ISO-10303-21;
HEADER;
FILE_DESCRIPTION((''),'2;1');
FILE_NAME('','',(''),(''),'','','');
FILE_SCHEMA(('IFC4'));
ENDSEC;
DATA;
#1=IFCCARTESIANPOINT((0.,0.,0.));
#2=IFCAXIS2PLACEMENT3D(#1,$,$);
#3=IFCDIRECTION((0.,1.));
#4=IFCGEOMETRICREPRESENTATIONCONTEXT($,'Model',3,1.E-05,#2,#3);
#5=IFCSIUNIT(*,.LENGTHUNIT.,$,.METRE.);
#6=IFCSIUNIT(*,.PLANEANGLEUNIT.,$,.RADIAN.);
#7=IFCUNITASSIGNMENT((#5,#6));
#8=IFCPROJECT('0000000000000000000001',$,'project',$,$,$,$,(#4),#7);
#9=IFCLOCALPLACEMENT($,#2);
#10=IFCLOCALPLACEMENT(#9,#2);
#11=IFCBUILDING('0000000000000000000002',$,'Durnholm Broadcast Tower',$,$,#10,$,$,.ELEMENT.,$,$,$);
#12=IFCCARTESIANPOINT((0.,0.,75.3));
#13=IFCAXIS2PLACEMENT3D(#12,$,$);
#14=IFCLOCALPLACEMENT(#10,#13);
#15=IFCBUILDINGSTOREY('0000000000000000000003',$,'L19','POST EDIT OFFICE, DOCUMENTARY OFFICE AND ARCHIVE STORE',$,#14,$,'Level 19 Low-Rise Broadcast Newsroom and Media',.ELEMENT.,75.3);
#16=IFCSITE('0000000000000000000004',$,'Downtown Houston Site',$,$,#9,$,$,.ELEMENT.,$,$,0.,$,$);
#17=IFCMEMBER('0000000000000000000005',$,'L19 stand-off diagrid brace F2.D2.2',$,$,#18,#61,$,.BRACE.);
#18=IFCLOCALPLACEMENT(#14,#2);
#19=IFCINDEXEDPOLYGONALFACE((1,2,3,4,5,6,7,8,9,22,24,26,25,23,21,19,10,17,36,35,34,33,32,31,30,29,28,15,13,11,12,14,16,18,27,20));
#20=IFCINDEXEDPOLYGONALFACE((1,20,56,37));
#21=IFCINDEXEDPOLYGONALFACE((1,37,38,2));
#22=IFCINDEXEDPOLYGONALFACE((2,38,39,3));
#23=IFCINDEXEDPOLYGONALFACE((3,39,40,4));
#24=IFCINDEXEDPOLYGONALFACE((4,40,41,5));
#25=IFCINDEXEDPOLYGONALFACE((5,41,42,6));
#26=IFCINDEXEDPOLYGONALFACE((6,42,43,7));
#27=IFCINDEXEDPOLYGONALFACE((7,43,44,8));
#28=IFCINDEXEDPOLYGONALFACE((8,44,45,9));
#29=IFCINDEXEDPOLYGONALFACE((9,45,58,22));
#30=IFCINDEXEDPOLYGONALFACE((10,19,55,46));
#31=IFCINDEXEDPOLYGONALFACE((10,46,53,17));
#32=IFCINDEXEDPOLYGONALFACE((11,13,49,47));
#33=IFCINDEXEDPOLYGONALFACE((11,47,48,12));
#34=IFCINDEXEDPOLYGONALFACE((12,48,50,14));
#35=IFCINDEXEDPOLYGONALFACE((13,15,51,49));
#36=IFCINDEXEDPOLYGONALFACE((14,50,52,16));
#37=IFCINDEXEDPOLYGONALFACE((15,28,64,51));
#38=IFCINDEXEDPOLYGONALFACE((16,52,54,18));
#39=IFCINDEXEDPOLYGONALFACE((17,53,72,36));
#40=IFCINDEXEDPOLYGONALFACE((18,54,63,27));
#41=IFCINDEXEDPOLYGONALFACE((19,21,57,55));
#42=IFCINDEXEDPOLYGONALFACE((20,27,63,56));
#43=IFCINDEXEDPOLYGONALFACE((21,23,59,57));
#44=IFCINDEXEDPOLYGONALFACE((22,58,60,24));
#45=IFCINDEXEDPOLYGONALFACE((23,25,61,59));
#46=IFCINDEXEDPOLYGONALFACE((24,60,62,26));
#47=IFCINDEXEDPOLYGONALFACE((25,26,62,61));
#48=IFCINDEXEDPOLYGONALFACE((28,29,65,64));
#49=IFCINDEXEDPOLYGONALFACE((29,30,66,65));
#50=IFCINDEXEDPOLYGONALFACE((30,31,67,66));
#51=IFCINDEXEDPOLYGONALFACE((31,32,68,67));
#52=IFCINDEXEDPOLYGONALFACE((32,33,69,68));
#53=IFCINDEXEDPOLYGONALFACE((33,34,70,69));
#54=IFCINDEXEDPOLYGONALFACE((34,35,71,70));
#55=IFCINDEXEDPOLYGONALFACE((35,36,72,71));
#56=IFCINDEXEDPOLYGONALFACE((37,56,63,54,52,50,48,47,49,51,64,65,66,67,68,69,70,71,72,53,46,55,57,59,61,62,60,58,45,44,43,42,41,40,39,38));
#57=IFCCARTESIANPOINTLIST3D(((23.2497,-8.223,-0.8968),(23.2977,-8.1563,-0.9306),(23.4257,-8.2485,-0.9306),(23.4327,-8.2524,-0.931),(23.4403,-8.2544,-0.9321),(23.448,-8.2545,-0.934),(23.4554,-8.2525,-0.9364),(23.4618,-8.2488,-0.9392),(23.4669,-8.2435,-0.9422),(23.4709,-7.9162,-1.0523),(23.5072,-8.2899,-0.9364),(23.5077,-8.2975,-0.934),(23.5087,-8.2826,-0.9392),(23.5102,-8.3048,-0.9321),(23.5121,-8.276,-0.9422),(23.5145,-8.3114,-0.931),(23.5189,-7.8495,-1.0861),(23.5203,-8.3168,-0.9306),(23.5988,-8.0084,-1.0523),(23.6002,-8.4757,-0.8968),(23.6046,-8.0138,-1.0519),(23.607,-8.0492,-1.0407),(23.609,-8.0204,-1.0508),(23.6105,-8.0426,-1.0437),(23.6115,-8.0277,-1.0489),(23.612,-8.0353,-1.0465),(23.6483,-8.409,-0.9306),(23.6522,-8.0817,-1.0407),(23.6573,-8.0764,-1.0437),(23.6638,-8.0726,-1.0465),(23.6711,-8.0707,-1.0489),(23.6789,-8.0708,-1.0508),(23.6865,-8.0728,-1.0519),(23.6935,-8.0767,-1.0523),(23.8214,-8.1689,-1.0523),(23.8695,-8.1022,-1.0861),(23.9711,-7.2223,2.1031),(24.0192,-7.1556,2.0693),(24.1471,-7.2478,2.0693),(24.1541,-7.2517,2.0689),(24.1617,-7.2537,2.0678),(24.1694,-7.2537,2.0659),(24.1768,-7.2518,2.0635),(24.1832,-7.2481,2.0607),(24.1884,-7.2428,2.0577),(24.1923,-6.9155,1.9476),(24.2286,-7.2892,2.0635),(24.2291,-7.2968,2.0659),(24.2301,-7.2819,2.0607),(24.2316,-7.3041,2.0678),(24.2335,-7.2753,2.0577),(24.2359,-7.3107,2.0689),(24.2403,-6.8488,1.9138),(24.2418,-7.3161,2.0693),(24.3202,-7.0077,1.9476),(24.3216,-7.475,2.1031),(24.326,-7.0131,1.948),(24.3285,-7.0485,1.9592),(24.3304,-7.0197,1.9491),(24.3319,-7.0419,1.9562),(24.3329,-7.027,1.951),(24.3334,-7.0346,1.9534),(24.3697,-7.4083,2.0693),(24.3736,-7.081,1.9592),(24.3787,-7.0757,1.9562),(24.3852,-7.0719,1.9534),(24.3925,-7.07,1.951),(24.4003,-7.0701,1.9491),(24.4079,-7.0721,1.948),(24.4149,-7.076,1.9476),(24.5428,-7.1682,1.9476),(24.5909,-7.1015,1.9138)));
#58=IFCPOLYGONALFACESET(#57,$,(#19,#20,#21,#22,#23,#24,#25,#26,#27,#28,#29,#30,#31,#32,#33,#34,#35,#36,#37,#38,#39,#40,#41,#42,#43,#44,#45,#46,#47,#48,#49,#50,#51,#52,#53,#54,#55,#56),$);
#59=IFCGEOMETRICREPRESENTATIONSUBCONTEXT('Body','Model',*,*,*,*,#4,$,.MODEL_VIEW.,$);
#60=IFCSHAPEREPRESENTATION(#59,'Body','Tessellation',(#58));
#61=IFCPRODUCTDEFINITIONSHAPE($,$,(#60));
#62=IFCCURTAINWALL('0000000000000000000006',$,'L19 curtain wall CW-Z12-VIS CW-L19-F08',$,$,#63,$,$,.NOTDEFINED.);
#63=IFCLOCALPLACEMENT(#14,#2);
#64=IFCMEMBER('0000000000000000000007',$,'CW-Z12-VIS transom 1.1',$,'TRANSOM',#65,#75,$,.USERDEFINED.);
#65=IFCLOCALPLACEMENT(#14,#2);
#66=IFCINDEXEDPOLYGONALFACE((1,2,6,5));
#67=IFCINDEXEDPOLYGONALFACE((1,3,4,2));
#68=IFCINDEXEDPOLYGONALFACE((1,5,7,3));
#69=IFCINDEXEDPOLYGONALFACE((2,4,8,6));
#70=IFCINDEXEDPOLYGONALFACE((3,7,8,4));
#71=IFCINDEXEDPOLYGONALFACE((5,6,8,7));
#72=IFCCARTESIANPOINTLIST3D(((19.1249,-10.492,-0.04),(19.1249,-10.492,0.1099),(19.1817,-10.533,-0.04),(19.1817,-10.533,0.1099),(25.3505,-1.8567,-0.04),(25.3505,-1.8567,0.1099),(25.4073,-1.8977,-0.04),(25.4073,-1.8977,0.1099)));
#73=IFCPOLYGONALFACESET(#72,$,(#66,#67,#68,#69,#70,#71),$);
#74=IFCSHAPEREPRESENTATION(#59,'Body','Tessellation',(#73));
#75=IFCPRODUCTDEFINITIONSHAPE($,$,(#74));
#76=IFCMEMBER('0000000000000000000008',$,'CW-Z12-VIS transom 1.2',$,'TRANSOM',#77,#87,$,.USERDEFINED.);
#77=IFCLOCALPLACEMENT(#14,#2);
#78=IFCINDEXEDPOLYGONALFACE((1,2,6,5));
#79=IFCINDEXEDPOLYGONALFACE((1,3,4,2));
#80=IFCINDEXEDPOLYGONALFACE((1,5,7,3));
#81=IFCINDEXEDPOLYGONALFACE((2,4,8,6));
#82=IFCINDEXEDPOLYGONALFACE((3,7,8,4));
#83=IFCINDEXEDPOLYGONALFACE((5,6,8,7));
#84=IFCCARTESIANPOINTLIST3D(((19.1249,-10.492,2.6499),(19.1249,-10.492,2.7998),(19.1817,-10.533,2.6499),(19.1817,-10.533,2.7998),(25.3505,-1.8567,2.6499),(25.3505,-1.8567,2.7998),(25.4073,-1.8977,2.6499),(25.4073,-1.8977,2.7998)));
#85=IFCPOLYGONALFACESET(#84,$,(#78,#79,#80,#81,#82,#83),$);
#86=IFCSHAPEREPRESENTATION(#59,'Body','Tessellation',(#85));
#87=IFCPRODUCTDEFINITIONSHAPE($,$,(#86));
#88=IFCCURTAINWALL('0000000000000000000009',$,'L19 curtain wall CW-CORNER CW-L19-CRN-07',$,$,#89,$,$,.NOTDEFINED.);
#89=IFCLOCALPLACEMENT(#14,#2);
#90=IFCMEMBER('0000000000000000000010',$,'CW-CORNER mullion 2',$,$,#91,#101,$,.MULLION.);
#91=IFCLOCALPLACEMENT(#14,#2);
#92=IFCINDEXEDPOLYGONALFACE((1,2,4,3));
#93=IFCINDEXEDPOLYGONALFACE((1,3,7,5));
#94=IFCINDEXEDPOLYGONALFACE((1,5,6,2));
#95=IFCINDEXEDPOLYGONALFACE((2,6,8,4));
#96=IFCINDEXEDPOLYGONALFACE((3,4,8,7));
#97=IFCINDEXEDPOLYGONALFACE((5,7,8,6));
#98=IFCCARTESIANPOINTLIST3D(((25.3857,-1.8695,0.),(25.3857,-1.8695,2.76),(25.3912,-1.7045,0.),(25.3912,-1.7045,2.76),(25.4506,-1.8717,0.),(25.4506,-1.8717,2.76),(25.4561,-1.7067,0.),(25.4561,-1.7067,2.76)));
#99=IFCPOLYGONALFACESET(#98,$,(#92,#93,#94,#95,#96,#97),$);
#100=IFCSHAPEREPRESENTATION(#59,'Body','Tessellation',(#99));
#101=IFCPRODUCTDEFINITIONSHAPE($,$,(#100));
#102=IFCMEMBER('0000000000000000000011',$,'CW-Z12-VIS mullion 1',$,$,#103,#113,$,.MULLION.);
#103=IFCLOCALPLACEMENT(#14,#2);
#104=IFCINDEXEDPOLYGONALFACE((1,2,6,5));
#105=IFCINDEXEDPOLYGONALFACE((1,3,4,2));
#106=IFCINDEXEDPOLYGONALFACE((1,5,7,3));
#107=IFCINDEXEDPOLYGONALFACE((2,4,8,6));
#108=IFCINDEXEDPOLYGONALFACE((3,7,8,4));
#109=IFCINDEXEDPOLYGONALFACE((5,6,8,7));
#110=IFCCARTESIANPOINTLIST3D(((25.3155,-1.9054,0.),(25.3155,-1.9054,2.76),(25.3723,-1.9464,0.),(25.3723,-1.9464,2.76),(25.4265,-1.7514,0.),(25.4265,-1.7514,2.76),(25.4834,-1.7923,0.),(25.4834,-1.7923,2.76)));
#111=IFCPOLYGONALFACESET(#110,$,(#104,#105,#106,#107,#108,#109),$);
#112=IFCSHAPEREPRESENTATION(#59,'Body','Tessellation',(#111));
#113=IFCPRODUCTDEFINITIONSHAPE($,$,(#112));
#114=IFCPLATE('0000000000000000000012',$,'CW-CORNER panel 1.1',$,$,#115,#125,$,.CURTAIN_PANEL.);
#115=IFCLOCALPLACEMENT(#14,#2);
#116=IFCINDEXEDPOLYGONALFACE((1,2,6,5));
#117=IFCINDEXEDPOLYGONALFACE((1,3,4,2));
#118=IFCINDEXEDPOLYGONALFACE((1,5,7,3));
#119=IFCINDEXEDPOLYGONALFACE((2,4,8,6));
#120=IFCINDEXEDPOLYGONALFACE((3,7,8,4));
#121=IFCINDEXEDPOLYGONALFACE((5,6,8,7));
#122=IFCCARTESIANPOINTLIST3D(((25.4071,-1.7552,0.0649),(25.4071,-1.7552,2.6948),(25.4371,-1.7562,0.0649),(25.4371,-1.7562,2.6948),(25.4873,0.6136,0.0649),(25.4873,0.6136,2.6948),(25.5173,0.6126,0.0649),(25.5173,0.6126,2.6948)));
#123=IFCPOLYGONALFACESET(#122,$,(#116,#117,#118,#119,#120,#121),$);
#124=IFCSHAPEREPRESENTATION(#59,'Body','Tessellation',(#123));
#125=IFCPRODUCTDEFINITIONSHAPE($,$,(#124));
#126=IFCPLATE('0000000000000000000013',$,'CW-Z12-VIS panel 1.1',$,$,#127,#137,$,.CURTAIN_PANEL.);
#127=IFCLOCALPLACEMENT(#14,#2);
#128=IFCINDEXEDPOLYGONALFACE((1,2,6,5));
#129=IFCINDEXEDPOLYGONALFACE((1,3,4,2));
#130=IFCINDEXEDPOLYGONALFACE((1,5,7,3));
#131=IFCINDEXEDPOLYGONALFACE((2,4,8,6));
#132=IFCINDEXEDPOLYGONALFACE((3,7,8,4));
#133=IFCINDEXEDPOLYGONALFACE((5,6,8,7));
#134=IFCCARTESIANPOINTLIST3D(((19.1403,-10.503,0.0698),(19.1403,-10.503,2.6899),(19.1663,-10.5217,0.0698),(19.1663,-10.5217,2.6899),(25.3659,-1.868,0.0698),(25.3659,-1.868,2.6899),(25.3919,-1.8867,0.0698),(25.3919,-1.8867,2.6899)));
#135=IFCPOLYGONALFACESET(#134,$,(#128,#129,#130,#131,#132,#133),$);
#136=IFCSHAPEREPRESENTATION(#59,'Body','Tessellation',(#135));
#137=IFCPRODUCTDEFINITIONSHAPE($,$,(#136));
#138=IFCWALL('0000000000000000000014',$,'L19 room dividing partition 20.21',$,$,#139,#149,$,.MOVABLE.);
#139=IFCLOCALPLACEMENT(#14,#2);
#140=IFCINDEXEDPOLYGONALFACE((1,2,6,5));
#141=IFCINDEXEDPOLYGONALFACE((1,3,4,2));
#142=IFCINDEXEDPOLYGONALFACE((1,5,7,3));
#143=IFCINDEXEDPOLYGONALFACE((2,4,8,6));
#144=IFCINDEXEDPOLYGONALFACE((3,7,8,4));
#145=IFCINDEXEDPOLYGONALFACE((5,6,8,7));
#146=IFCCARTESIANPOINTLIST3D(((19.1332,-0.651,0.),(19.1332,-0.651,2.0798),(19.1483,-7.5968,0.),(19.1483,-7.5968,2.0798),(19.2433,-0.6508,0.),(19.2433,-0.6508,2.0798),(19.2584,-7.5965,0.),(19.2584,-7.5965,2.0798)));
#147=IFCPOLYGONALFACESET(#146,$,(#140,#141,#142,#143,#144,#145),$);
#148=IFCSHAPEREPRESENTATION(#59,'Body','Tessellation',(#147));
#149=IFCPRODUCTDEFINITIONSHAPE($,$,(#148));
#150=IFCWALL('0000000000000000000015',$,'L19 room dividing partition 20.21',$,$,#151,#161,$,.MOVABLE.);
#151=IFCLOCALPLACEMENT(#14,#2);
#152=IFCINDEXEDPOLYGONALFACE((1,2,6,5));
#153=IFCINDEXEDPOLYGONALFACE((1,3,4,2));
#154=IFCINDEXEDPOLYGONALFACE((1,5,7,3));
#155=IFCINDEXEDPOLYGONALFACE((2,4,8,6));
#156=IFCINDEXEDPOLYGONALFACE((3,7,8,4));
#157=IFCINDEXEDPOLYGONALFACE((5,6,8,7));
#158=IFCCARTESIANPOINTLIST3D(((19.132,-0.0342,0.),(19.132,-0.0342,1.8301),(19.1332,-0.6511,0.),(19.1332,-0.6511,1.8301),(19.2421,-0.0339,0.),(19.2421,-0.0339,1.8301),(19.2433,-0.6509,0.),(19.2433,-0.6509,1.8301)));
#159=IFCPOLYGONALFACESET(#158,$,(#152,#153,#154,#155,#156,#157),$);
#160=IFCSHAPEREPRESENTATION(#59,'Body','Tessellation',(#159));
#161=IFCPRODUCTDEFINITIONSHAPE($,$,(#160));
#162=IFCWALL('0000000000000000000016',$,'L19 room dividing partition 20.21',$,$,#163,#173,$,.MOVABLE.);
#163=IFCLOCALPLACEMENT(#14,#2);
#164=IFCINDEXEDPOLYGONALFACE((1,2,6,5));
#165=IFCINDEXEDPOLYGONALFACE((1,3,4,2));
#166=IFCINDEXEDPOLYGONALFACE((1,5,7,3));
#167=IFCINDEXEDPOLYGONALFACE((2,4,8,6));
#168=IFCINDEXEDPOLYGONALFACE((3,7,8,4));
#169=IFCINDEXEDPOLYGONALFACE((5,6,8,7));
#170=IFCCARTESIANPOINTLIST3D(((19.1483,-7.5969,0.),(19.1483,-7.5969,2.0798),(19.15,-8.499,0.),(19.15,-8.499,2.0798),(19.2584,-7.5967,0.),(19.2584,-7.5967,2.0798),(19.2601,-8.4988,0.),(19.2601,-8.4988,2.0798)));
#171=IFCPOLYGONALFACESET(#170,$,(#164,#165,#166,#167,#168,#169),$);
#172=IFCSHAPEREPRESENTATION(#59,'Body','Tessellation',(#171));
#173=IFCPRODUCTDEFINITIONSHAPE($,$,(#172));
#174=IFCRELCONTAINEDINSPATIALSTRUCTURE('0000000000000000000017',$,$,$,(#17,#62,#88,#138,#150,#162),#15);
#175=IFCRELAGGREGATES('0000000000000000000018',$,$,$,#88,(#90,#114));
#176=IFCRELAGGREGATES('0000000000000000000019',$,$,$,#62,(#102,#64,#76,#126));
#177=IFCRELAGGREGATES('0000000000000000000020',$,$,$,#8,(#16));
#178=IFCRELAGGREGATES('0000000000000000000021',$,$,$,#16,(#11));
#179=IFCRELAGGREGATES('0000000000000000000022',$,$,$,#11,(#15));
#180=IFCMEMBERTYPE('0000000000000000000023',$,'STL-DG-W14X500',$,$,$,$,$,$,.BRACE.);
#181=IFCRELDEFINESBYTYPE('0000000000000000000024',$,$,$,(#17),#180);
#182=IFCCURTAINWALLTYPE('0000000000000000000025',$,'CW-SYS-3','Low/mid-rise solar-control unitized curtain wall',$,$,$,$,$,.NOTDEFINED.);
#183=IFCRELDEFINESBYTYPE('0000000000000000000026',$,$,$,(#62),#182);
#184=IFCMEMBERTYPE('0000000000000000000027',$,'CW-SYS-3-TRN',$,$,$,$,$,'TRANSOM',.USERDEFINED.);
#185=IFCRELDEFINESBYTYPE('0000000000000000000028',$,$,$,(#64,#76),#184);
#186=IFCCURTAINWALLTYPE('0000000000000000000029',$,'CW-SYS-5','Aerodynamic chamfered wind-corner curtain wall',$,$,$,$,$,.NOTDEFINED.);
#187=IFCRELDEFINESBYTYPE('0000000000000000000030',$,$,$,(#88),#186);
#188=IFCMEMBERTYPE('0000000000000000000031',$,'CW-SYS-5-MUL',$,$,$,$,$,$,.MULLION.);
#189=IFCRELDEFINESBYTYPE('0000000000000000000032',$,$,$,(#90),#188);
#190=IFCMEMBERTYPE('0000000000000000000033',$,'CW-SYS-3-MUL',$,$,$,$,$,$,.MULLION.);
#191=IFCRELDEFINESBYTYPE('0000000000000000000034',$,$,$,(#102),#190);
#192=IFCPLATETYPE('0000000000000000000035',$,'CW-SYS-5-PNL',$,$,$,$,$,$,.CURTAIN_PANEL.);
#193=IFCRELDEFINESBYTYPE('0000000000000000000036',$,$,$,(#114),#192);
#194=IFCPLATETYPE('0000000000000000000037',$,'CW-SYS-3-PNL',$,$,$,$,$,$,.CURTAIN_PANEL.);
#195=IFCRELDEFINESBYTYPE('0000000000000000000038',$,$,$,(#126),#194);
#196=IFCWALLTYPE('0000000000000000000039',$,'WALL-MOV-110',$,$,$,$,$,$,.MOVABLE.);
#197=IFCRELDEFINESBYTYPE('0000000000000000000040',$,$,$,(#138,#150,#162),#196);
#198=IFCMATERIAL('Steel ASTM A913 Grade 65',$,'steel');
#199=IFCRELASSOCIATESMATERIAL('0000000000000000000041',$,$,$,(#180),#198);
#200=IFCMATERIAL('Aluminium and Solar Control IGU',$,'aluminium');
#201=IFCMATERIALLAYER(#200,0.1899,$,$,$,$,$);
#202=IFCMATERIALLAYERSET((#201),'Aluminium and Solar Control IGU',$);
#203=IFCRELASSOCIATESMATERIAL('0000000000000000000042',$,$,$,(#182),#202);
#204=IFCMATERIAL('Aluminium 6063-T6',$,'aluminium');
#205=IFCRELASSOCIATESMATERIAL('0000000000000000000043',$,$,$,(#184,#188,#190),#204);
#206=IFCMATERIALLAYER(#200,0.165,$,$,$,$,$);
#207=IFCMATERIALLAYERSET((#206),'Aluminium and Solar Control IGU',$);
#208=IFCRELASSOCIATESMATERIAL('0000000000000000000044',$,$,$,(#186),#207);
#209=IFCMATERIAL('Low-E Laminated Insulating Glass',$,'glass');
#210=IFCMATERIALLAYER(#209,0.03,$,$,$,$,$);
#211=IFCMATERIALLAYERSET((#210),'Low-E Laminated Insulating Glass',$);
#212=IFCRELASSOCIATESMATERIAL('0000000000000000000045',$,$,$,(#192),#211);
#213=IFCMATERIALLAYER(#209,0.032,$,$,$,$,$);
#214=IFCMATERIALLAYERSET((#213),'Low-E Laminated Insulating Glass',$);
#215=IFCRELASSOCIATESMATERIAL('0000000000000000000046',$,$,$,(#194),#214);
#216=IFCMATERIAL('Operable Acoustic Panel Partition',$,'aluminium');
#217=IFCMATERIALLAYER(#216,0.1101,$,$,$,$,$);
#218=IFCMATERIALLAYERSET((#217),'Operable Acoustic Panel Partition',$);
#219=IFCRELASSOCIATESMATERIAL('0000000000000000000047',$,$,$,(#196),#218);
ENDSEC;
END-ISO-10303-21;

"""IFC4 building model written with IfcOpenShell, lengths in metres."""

from ifc_helpers import new_model, si_unit, direction, frame, frame_2d, origin, origin_2d, place, context, subcontext, project, spatial, rectangle, i_section, extrude, source, transform, mapped, material, layer, layer_set, material_profile, profile_set, type_object, type_shapes, element, aggregate, save


model = new_model("IFC4")

# Units and contexts
model_context = context("Model", 3, precision=1e-05, world=origin(), true_north=direction((0.0, 1.0)))
body_context = subcontext(model_context, "Body", "Model", "MODEL_VIEW")
ifc_project = project(units=[si_unit("LENGTHUNIT", "METRE"), si_unit("PLANEANGLEUNIT", "RADIAN")], contexts=[model_context])

# Site, building, storey
site_placement = place(None, origin())
site = spatial("IfcSite", under=ifc_project, at=site_placement, Name="Downtown Houston Site", CompositionType="ELEMENT", RefElevation=0.0)
building_placement = place(site_placement, origin())
building = spatial("IfcBuilding", under=site, at=building_placement, Name="Durnholm Broadcast Tower", CompositionType="ELEMENT")
storey_placement = place(building_placement, frame((0.0, 0.0, 75.3)))
storey = spatial("IfcBuildingStorey", under=building, at=storey_placement, Name="L19", Description="POST EDIT OFFICE, DOCUMENTARY OFFICE AND ARCHIVE STORE", LongName="Level 19 Low-Rise Broadcast Newsroom and Media", CompositionType="ELEMENT", Elevation=75.3)

# Member
ifc_material_1 = material(Name="Steel ASTM A913 Grade 65", Category="steel")
ifc_material_profile_1 = material_profile(ifc_material_1, i_section(OverallWidth=0.4321, OverallDepth=0.4978, WebThickness=0.0557, FlangeThickness=0.0889, FilletRadius=0.0305, at=origin_2d()), Name="W14X500")
ifc_profile_set_1 = profile_set([ifc_material_profile_1], Name="Steel ASTM A913 Grade 65")
member_type_1 = type_object("IfcMemberType", Name="STL-DG-W14X500", PredefinedType="BRACE", material=ifc_profile_set_1)
shared_shape_1 = source(origin(), body_context, "Body", "SweptSolid", [
    extrude(i_section(OverallWidth=0.4321, OverallDepth=0.4978, WebThickness=0.0557, FlangeThickness=0.0889, FilletRadius=0.0305, at=origin_2d()), origin(), (0.0, 0.0, 1.0), 3.2437),
])
member_1_placement = place(storey_placement, frame((23.5596, -8.1626, -0.9915), z_axis=(0.222408, 0.308511, 0.924855), x_axis=(-0.811185, 0.584789, 0.0)))
element("IfcMember", 1, at=member_1_placement, inside=storey, type_object=member_type_1, Name="L19 stand-off diagrid brace F2.D2.2", PredefinedType="BRACE", context=body_context, shape_type="MappedRepresentation", body=[
    mapped(shared_shape_1, transform((0.0, 0.0, 0.0), x_axis=(1.0, 0.0, 0.0), y_axis=(0.0, 1.0, 0.0), z_axis=(0.0, 0.0, 1.0), scale=1.0)),
])

# Curtain wall, members
ifc_material_2 = material(Name="Aluminium and Solar Control IGU", Category="aluminium")
ifc_layer_1 = layer(ifc_material_2, 0.1899)
ifc_layer_set_1 = layer_set([ifc_layer_1], Name="Aluminium and Solar Control IGU")
curtain_wall_type_1 = type_object("IfcCurtainWallType", Name="CW-SYS-3", Description="Low/mid-rise solar-control unitized curtain wall", PredefinedType="NOTDEFINED", material=ifc_layer_set_1)
curtain_wall_1_placement = place(storey_placement, origin())
curtain_wall_1 = element("IfcCurtainWall", 2, at=curtain_wall_1_placement, inside=storey, type_object=curtain_wall_type_1, Name="L19 curtain wall CW-Z12-VIS CW-L19-F08", PredefinedType="NOTDEFINED")
ifc_material_3 = material(Name="Aluminium 6063-T6", Category="aluminium")
ifc_material_profile_2 = material_profile(ifc_material_3, rectangle(XDim=0.0701, YDim=0.1499, at=origin_2d()), Name="CWT70X150")
ifc_profile_set_2 = profile_set([ifc_material_profile_2], Name="Aluminium 6063-T6")
member_type_2 = type_object("IfcMemberType", Name="CW-SYS-3-TRN", ElementType="TRANSOM", PredefinedType="USERDEFINED", material=ifc_profile_set_2)
shared_shape_2 = source(origin(), body_context, "Body", "SweptSolid", [
    extrude(rectangle(XDim=0.0701, YDim=0.1499, at=origin_2d()), origin(), (0.0, 0.0, 1.0), 10.6455),
])
type_shapes(member_type_2, [shared_shape_2])
member_2_placement = place(storey_placement, frame((25.3789, -1.8772, 0.0349), z_axis=(-0.584812, -0.811169, 0.0), x_axis=(0.811169, -0.584812, 0.0)))
member_2 = element("IfcMember", 3, at=member_2_placement, type_object=member_type_2, Name="CW-Z12-VIS transom 1.1", ObjectType="TRANSOM", PredefinedType="USERDEFINED", context=body_context, shape_type="MappedRepresentation", body=[
    mapped(shared_shape_2, transform((0.0, 0.0, 0.0), x_axis=(1.0, 0.0, 0.0), y_axis=(0.0, 1.0, 0.0), z_axis=(0.0, 0.0, 1.0), scale=1.0)),
])
member_3_placement = place(storey_placement, frame((25.3789, -1.8772, 2.7249), z_axis=(-0.584812, -0.811169, 0.0), x_axis=(0.811169, -0.584812, 0.0)))
member_3 = element("IfcMember", 4, at=member_3_placement, type_object=member_type_2, Name="CW-Z12-VIS transom 1.2", ObjectType="TRANSOM", PredefinedType="USERDEFINED", context=body_context, shape_type="MappedRepresentation", body=[
    mapped(shared_shape_2, transform((0.0, 0.0, 0.0), x_axis=(1.0, 0.0, 0.0), y_axis=(0.0, 1.0, 0.0), z_axis=(0.0, 0.0, 1.0), scale=1.0)),
])

# Curtain wall, member
ifc_layer_2 = layer(ifc_material_2, 0.165)
ifc_layer_set_2 = layer_set([ifc_layer_2], Name="Aluminium and Solar Control IGU")
curtain_wall_type_2 = type_object("IfcCurtainWallType", Name="CW-SYS-5", Description="Aerodynamic chamfered wind-corner curtain wall", PredefinedType="NOTDEFINED", material=ifc_layer_set_2)
curtain_wall_2_placement = place(storey_placement, origin())
curtain_wall_2 = element("IfcCurtainWall", 5, at=curtain_wall_2_placement, inside=storey, type_object=curtain_wall_type_2, Name="L19 curtain wall CW-CORNER CW-L19-CRN-07", PredefinedType="NOTDEFINED")
ifc_material_profile_3 = material_profile(ifc_material_3, rectangle(XDim=0.0649, YDim=0.165, at=origin_2d()), Name="CWM65X165")
ifc_profile_set_3 = profile_set([ifc_material_profile_3], Name="Aluminium 6063-T6")
member_type_3 = type_object("IfcMemberType", Name="CW-SYS-5-MUL", PredefinedType="MULLION", material=ifc_profile_set_3)
shared_shape_3 = source(origin(), body_context, "Body", "SweptSolid", [
    extrude(rectangle(XDim=0.0649, YDim=0.165, at=origin_2d()), origin(), (0.0, 0.0, 1.0), 2.76),
])
type_shapes(member_type_3, [shared_shape_3])
member_4_placement = place(storey_placement, frame((25.4209, -1.7881, 0.0), z_axis=(0.0, 0.0, 1.0), x_axis=(0.999427, -0.03384, 0.0)))
member_4 = element("IfcMember", 6, at=member_4_placement, type_object=member_type_3, Name="CW-CORNER mullion 2", PredefinedType="MULLION", context=body_context, shape_type="MappedRepresentation", body=[
    mapped(shared_shape_3, transform((0.0, 0.0, 0.0), x_axis=(1.0, 0.0, 0.0), y_axis=(0.0, 1.0, 0.0), z_axis=(0.0, 0.0, 1.0), scale=1.0)),
])

# Member
ifc_material_profile_4 = material_profile(ifc_material_3, rectangle(XDim=0.0701, YDim=0.1899, at=origin_2d()), Name="CWM70X190")
ifc_profile_set_4 = profile_set([ifc_material_profile_4], Name="Aluminium 6063-T6")
member_type_4 = type_object("IfcMemberType", Name="CW-SYS-3-MUL", PredefinedType="MULLION", material=ifc_profile_set_4)
shared_shape_4 = source(origin(), body_context, "Body", "SweptSolid", [
    extrude(rectangle(XDim=0.0701, YDim=0.1899, at=origin_2d()), origin(), (0.0, 0.0, 1.0), 2.76),
])
type_shapes(member_type_4, [shared_shape_4])
member_5_placement = place(storey_placement, frame((25.3994, -1.8489, 0.0), z_axis=(0.0, 0.0, 1.0), x_axis=(0.811161, -0.584823, 0.0)))
member_5 = element("IfcMember", 7, at=member_5_placement, type_object=member_type_4, Name="CW-Z12-VIS mullion 1", PredefinedType="MULLION", context=body_context, shape_type="MappedRepresentation", body=[
    mapped(shared_shape_4, transform((0.0, 0.0, 0.0), x_axis=(1.0, 0.0, 0.0), y_axis=(0.0, 1.0, 0.0), z_axis=(0.0, 0.0, 1.0), scale=1.0)),
])

# Plates
ifc_material_4 = material(Name="Low-E Laminated Insulating Glass", Category="glass")
ifc_layer_3 = layer(ifc_material_4, 0.03)
ifc_layer_set_3 = layer_set([ifc_layer_3], Name="Low-E Laminated Insulating Glass")
plate_type_1 = type_object("IfcPlateType", Name="CW-SYS-5-PNL", PredefinedType="CURTAIN_PANEL", material=ifc_layer_set_3)
shared_shape_5 = source(origin(), body_context, "Body", "SweptSolid", [
    extrude(rectangle(XDim=2.3701, YDim=0.03, at=origin_2d()), origin(), (0.0, 0.0, 1.0), 2.6299),
])
type_shapes(plate_type_1, [shared_shape_5])
plate_1_placement = place(storey_placement, frame((25.4622, -0.5713, 0.0649), z_axis=(0.0, 0.0, 1.0), x_axis=(-0.03384, -0.999427, 0.0)))
plate_1 = element("IfcPlate", 8, at=plate_1_placement, type_object=plate_type_1, Name="CW-CORNER panel 1.1", PredefinedType="CURTAIN_PANEL", context=body_context, shape_type="MappedRepresentation", body=[
    mapped(shared_shape_5, transform((0.0, 0.0, 0.0), x_axis=(1.0, 0.0, 0.0), y_axis=(0.0, 1.0, 0.0), z_axis=(0.0, 0.0, 1.0), scale=1.0)),
])
aggregate(curtain_wall_2, [member_4, plate_1])
ifc_layer_4 = layer(ifc_material_4, 0.032)
ifc_layer_set_4 = layer_set([ifc_layer_4], Name="Low-E Laminated Insulating Glass")
plate_type_2 = type_object("IfcPlateType", Name="CW-SYS-3-PNL", PredefinedType="CURTAIN_PANEL", material=ifc_layer_set_4)
shared_shape_6 = source(origin(), body_context, "Body", "SweptSolid", [
    extrude(rectangle(XDim=10.6453, YDim=0.032, at=origin_2d()), origin(), (0.0, 0.0, 1.0), 2.6201),
])
type_shapes(plate_type_2, [shared_shape_6])
plate_2_placement = place(storey_placement, frame((22.2661, -6.1948, 0.0698), z_axis=(0.0, 0.0, 1.0), x_axis=(-0.584823, -0.811161, 0.0)))
plate_2 = element("IfcPlate", 9, at=plate_2_placement, type_object=plate_type_2, Name="CW-Z12-VIS panel 1.1", PredefinedType="CURTAIN_PANEL", context=body_context, shape_type="MappedRepresentation", body=[
    mapped(shared_shape_6, transform((0.0, 0.0, 0.0), x_axis=(1.0, 0.0, 0.0), y_axis=(0.0, 1.0, 0.0), z_axis=(0.0, 0.0, 1.0), scale=1.0)),
])
aggregate(curtain_wall_1, [member_5, member_2, member_3, plate_2])

# Walls
ifc_material_5 = material(Name="Operable Acoustic Panel Partition", Category="aluminium")
ifc_layer_5 = layer(ifc_material_5, 0.1101)
ifc_layer_set_5 = layer_set([ifc_layer_5], Name="Operable Acoustic Panel Partition")
wall_type_1 = type_object("IfcWallType", Name="WALL-MOV-110", PredefinedType="MOVABLE", material=ifc_layer_set_5)
wall_1_placement = place(storey_placement, frame((19.1882, -0.6509, 0.0), z_axis=(0.0, 0.0, 1.0), x_axis=(0.002179, -0.999998, 0.0)))
element("IfcWall", 10, at=wall_1_placement, inside=storey, type_object=wall_type_1, Name="L19 room dividing partition 20.21", PredefinedType="MOVABLE", context=body_context, shape_type="SweptSolid", body=[
    extrude(rectangle(XDim=6.9458, YDim=0.1101, at=frame_2d((3.4729, 0.0))), origin(), (0.0, 0.0, 1.0), 2.0798),
])
wall_2_placement = place(storey_placement, frame((19.187, -0.0339, 0.0), z_axis=(0.0, 0.0, 1.0), x_axis=(0.001979, -0.999998, 0.0)))
element("IfcWall", 11, at=wall_2_placement, inside=storey, type_object=wall_type_1, Name="L19 room dividing partition 20.21", PredefinedType="MOVABLE", context=body_context, shape_type="SweptSolid", body=[
    extrude(rectangle(XDim=0.6169, YDim=0.1101, at=frame_2d((0.3086, 0.0))), origin(), (0.0, 0.0, 1.0), 1.8301),
])
wall_3_placement = place(storey_placement, frame((19.2034, -7.5967, 0.0), z_axis=(0.0, 0.0, 1.0), x_axis=(0.001894, -0.999998, 0.0)))
element("IfcWall", 12, at=wall_3_placement, inside=storey, type_object=wall_type_1, Name="L19 room dividing partition 20.21", PredefinedType="MOVABLE", context=body_context, shape_type="SweptSolid", body=[
    extrude(rectangle(XDim=0.9021, YDim=0.1101, at=frame_2d((0.4512, 0.0))), origin(), (0.0, 0.0, 1.0), 2.0798),
])

save(model, "model.ifc")
